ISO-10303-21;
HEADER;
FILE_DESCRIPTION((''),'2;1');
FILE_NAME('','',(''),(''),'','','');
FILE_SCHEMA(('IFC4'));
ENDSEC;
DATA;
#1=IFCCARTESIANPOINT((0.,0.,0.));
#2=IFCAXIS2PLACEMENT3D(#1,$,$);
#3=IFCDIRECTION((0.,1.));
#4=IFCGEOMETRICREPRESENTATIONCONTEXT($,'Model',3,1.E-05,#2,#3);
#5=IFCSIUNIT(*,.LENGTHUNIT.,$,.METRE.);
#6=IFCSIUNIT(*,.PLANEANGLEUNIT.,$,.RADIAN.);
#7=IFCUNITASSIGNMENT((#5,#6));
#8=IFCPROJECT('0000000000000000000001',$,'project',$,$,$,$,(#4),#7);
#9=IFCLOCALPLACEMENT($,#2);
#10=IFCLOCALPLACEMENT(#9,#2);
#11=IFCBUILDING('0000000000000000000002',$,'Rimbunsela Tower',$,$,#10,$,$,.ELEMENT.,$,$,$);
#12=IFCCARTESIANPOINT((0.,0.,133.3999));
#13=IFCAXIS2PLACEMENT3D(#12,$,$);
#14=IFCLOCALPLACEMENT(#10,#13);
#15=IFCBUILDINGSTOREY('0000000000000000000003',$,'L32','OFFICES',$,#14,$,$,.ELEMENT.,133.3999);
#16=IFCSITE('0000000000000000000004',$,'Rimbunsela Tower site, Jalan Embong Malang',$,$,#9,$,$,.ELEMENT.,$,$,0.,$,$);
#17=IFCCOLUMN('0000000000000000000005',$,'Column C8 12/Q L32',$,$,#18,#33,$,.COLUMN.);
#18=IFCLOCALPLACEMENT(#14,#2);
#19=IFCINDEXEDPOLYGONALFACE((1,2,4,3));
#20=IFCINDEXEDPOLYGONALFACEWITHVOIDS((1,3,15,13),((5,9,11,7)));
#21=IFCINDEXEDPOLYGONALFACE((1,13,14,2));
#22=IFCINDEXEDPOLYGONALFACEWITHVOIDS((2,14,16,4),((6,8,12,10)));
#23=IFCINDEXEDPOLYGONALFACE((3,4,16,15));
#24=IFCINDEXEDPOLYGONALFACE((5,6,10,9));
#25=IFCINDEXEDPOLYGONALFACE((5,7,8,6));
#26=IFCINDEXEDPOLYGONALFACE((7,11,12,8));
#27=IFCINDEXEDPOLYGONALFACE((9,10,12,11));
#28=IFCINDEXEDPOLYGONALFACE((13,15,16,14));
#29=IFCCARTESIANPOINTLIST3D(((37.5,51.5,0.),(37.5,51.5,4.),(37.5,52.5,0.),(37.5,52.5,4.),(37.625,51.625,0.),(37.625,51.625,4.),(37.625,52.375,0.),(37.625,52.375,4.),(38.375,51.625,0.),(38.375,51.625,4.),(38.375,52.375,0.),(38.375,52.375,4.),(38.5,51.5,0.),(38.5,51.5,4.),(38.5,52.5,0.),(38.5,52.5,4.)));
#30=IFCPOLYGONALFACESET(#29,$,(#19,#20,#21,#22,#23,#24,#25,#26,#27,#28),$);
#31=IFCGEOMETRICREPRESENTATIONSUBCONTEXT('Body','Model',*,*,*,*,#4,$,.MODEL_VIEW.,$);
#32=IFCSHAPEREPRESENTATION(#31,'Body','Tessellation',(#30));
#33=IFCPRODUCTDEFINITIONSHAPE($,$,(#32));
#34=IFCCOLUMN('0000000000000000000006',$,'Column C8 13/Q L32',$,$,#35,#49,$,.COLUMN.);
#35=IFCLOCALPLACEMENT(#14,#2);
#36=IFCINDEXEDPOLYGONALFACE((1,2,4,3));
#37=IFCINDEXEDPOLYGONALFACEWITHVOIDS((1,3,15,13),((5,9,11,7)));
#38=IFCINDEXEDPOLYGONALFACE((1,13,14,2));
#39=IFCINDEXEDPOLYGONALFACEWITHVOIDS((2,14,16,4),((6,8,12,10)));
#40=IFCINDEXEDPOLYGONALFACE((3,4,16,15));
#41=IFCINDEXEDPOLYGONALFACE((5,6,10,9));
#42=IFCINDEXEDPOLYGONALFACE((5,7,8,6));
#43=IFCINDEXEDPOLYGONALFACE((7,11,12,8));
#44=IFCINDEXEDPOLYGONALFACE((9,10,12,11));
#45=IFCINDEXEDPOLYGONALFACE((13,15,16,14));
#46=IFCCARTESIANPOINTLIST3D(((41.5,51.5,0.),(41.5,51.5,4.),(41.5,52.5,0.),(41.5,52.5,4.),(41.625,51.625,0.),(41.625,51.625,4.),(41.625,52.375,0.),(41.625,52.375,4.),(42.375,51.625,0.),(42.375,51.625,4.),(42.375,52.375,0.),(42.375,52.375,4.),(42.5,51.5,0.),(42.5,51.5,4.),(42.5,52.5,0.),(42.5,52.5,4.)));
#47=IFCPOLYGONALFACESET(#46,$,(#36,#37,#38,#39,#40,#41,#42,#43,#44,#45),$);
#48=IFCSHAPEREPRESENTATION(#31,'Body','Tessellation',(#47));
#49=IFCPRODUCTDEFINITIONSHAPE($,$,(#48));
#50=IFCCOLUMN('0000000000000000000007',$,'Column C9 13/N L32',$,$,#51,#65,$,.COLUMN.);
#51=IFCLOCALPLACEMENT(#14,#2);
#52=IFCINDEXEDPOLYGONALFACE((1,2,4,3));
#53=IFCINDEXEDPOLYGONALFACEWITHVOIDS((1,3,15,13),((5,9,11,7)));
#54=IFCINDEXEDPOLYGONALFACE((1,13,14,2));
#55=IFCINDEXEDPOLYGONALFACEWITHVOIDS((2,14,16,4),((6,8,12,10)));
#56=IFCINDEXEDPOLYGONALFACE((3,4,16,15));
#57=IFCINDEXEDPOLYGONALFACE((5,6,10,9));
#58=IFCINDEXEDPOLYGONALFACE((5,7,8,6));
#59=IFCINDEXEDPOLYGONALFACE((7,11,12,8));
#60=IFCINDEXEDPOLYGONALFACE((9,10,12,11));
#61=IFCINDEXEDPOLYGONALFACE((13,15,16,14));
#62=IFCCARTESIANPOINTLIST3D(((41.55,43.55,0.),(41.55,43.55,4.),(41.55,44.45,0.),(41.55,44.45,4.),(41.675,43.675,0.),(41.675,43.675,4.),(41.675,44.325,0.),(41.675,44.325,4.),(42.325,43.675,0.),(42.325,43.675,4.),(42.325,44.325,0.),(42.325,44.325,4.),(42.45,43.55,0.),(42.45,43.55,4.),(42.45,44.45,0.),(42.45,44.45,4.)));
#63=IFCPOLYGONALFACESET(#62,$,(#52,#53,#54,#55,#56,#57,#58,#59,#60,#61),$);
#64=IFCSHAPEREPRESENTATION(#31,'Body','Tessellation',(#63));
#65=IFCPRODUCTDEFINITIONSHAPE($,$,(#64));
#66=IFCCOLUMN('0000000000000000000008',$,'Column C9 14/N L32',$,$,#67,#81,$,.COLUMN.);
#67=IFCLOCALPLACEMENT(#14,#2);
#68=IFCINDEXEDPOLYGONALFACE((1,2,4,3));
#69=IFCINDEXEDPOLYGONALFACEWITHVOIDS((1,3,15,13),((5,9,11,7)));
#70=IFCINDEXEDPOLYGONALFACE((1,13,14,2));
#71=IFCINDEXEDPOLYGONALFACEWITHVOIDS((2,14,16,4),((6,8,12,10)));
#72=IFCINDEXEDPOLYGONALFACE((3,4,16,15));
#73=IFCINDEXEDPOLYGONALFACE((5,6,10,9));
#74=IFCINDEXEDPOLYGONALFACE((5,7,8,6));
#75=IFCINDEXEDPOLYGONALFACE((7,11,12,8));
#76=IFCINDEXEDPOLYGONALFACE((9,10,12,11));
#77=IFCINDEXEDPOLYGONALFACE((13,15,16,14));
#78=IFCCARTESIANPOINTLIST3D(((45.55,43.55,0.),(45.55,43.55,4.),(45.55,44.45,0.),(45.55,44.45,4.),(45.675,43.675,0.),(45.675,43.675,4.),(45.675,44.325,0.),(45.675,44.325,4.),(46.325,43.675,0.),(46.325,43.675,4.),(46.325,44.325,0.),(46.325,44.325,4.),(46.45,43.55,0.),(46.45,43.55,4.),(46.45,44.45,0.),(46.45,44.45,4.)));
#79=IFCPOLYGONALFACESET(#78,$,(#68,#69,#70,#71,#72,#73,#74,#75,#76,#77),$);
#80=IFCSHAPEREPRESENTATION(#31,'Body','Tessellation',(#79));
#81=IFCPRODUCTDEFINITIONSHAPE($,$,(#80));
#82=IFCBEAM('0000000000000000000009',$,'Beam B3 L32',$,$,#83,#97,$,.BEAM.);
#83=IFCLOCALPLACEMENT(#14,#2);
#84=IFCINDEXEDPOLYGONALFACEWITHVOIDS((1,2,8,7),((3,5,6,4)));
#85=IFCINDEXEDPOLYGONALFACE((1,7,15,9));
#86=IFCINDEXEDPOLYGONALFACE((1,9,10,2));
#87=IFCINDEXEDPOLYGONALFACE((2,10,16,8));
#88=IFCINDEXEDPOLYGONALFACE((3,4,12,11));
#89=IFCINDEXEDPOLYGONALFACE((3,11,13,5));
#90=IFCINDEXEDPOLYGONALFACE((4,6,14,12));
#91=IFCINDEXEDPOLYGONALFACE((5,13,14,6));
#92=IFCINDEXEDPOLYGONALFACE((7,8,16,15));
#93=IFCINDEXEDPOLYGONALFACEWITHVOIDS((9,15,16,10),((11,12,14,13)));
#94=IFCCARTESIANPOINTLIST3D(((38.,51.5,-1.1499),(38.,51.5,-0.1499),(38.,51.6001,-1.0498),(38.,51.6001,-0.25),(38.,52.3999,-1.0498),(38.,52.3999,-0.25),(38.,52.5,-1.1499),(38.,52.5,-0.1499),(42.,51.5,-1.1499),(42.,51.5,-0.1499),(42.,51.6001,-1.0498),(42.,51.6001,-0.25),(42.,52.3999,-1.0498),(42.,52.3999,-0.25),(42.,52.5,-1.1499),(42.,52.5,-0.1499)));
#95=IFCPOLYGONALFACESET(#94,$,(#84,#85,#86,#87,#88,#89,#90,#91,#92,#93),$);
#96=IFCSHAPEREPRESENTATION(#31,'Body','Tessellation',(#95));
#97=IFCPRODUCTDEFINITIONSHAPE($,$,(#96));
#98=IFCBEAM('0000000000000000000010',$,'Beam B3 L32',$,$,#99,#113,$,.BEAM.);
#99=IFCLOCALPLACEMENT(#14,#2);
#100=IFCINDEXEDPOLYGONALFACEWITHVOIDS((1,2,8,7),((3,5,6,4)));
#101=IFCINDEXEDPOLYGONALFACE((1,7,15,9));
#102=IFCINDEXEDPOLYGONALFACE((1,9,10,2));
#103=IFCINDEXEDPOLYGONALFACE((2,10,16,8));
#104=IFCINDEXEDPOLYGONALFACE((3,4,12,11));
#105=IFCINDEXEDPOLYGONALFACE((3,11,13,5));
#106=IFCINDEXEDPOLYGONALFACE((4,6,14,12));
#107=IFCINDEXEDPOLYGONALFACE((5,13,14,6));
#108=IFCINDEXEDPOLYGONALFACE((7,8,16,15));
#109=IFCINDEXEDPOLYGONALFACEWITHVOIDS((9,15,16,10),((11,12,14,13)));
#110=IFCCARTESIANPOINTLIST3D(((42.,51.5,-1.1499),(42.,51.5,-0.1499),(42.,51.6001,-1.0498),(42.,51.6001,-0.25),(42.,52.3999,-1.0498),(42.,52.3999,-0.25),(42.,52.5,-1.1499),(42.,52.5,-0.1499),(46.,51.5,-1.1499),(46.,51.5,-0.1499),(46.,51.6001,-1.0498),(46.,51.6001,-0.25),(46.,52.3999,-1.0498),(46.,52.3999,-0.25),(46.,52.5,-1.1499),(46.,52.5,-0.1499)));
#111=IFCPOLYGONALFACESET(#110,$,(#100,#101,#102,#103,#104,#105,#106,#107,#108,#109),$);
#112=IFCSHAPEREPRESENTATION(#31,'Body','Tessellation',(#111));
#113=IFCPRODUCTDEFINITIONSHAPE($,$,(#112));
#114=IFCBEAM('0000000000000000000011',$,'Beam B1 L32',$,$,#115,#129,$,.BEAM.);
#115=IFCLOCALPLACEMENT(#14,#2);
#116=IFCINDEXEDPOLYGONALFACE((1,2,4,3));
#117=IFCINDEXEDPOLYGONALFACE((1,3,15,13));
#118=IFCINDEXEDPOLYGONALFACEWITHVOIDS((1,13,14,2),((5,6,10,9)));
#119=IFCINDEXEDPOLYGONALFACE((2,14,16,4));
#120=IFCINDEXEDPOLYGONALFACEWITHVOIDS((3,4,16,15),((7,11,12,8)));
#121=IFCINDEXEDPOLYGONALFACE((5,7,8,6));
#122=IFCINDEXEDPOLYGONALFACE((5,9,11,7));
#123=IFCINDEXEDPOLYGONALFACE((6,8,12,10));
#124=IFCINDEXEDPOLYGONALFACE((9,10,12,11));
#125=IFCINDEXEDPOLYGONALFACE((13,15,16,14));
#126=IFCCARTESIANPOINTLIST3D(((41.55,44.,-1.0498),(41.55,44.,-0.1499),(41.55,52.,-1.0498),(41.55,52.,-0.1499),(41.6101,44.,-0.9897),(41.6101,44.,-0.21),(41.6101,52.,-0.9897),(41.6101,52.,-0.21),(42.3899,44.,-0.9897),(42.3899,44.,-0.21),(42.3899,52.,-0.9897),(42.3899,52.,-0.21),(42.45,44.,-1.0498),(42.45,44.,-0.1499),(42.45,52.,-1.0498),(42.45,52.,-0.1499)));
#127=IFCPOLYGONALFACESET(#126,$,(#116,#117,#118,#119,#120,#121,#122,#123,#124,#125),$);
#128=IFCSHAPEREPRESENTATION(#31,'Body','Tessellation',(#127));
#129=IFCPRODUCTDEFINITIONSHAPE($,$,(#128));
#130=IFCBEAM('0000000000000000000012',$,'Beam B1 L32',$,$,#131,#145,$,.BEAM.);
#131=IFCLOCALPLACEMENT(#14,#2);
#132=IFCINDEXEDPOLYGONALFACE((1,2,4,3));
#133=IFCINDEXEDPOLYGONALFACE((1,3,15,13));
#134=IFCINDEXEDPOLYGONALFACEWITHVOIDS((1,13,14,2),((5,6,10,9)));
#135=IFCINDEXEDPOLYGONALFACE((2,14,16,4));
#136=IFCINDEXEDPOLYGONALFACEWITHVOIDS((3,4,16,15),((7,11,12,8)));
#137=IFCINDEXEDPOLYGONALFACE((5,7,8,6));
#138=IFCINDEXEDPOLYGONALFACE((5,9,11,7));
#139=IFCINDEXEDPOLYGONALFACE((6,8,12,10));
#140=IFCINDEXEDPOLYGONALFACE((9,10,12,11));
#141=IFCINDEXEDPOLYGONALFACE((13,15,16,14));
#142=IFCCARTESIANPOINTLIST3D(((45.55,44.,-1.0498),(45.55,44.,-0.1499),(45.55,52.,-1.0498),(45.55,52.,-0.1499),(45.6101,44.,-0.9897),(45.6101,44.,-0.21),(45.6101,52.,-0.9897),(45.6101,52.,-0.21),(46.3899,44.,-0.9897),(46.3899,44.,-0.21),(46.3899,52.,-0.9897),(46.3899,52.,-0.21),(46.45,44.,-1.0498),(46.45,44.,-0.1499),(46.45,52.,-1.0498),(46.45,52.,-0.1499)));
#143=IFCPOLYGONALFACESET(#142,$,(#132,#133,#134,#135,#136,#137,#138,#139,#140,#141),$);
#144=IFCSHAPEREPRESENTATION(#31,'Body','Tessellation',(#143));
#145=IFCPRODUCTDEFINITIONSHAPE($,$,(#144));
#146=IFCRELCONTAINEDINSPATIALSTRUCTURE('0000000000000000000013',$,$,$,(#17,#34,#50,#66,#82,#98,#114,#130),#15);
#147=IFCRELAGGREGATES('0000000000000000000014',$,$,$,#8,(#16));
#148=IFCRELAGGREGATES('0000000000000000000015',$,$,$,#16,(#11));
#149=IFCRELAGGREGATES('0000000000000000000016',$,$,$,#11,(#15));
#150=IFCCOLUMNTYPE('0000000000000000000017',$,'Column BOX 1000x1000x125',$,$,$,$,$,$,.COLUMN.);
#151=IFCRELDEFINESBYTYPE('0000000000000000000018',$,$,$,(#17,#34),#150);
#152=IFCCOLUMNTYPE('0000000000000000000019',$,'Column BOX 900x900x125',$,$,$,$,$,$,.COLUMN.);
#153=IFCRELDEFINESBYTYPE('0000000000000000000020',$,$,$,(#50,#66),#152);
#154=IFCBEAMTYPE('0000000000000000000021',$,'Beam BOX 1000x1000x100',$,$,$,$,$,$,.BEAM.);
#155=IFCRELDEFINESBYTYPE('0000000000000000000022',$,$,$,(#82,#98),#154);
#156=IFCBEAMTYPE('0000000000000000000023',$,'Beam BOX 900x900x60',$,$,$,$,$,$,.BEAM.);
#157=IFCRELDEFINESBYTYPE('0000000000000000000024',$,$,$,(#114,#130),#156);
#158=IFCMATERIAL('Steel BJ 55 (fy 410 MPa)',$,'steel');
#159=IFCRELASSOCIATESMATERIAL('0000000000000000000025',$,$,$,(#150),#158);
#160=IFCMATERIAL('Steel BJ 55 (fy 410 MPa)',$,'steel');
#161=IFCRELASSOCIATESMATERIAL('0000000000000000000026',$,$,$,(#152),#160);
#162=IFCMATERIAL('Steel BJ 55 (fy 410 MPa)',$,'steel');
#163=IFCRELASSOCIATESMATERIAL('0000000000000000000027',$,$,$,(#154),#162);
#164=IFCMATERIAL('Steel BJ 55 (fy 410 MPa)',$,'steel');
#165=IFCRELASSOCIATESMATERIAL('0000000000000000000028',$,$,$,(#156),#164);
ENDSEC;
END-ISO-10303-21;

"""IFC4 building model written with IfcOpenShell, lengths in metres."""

from ifc_helpers import new_model, si_unit, direction, frame, origin, origin_2d, place, context, subcontext, project, spatial, hollow_rectangle, extrude, material, material_profile, profile_set, type_object, element, save


model = new_model("IFC4")

# Units and contexts
model_context = context("Model", 3, precision=1e-05, world=origin(), true_north=direction((0.0, 1.0)))
body_context = subcontext(model_context, "Body", "Model", "MODEL_VIEW")
ifc_project = project(units=[si_unit("LENGTHUNIT", "METRE"), si_unit("PLANEANGLEUNIT", "RADIAN")], contexts=[model_context])

# Site, building, storey
site_placement = place(None, origin())
site = spatial("IfcSite", under=ifc_project, at=site_placement, Name="Rimbunsela Tower site, Jalan Embong Malang", CompositionType="ELEMENT", RefElevation=0.0)
building_placement = place(site_placement, origin())
building = spatial("IfcBuilding", under=site, at=building_placement, Name="Rimbunsela Tower", CompositionType="ELEMENT")
storey_placement = place(building_placement, frame((0.0, 0.0, 133.3999)))
storey = spatial("IfcBuildingStorey", under=building, at=storey_placement, Name="L32", Description="OFFICES", CompositionType="ELEMENT", Elevation=133.3999)

# Columns
ifc_material_1 = material(Name="Steel BJ 55 (fy 410 MPa)", Category="steel")
ifc_material_profile_1 = material_profile(ifc_material_1, hollow_rectangle(XDim=1.0, YDim=1.0, WallThickness=0.125, at=origin_2d()), Name="BOX 1000x1000x125")
ifc_profile_set_1 = profile_set([ifc_material_profile_1], Name="Steel BJ 55 (fy 410 MPa)")
column_type_1 = type_object("IfcColumnType", Name="Column BOX 1000x1000x125", PredefinedType="COLUMN", material=ifc_profile_set_1)
for number, where, z_axis, x_axis, name in (
    (1, (38.0, 52.0, 0.0), (0.0, 0.0, 1.0), (1.0, 0.0, 0.0), "Column C8 12/Q L32"),
    (2, (42.0, 52.0, 0.0), (0.0, 0.0, 1.0), (1.0, 0.0, 0.0), "Column C8 13/Q L32"),
):
    element("IfcColumn", number, at=place(storey_placement, frame(where, z_axis=z_axis, x_axis=x_axis)), inside=storey, type_object=column_type_1, Name=name, PredefinedType="COLUMN", context=body_context, shape_type="SweptSolid", body=[
        extrude(hollow_rectangle(XDim=1.0, YDim=1.0, WallThickness=0.125, at=origin_2d()), origin(), (0.0, 0.0, 1.0), 4.0),
    ])
ifc_material_2 = material(Name="Steel BJ 55 (fy 410 MPa)", Category="steel")
ifc_material_profile_2 = material_profile(ifc_material_2, hollow_rectangle(XDim=0.8999, YDim=0.8999, WallThickness=0.125, at=origin_2d()), Name="BOX 900x900x125")
ifc_profile_set_2 = profile_set([ifc_material_profile_2], Name="Steel BJ 55 (fy 410 MPa)")
column_type_2 = type_object("IfcColumnType", Name="Column BOX 900x900x125", PredefinedType="COLUMN", material=ifc_profile_set_2)
for number, where, z_axis, x_axis, name in (
    (3, (42.0, 44.0, 0.0), (0.0, 0.0, 1.0), (1.0, 0.0, 0.0), "Column C9 13/N L32"),
    (4, (46.0, 44.0, 0.0), (0.0, 0.0, 1.0), (1.0, 0.0, 0.0), "Column C9 14/N L32"),
):
    element("IfcColumn", number, at=place(storey_placement, frame(where, z_axis=z_axis, x_axis=x_axis)), inside=storey, type_object=column_type_2, Name=name, PredefinedType="COLUMN", context=body_context, shape_type="SweptSolid", body=[
        extrude(hollow_rectangle(XDim=0.8999, YDim=0.8999, WallThickness=0.125, at=origin_2d()), origin(), (0.0, 0.0, 1.0), 4.0),
    ])

# Beams
ifc_material_3 = material(Name="Steel BJ 55 (fy 410 MPa)", Category="steel")
ifc_material_profile_3 = material_profile(ifc_material_3, hollow_rectangle(XDim=1.0, YDim=1.0, WallThickness=0.1001, at=origin_2d()), Name="BOX 1000x1000x100")
ifc_profile_set_3 = profile_set([ifc_material_profile_3], Name="Steel BJ 55 (fy 410 MPa)")
beam_type_1 = type_object("IfcBeamType", Name="Beam BOX 1000x1000x100", PredefinedType="BEAM", material=ifc_profile_set_3)
for number, where, z_axis, x_axis, name in (
    (5, (38.0, 52.0, -0.6499), (1.0, 0.0, 0.0), (0.0, 1.0, 0.0), "Beam B3 L32"),
    (6, (42.0, 52.0, -0.6499), (1.0, 0.0, 0.0), (0.0, 1.0, 0.0), "Beam B3 L32"),
):
    element("IfcBeam", number, at=place(storey_placement, frame(where, z_axis=z_axis, x_axis=x_axis)), inside=storey, type_object=beam_type_1, Name=name, PredefinedType="BEAM", context=body_context, shape_type="SweptSolid", body=[
        extrude(hollow_rectangle(XDim=1.0, YDim=1.0, WallThickness=0.1001, at=origin_2d()), origin(), (0.0, 0.0, 1.0), 4.0),
    ])
ifc_material_4 = material(Name="Steel BJ 55 (fy 410 MPa)", Category="steel")
ifc_material_profile_4 = material_profile(ifc_material_4, hollow_rectangle(XDim=0.8999, YDim=0.8999, WallThickness=0.0601, at=origin_2d()), Name="BOX 900x900x60")
ifc_profile_set_4 = profile_set([ifc_material_profile_4], Name="Steel BJ 55 (fy 410 MPa)")
beam_type_2 = type_object("IfcBeamType", Name="Beam BOX 900x900x60", PredefinedType="BEAM", material=ifc_profile_set_4)
for number, where, z_axis, x_axis, name in (
    (7, (42.0, 44.0, -0.5999), (0.0, 1.0, 0.0), (-1.0, 0.0, 0.0), "Beam B1 L32"),
    (8, (46.0, 44.0, -0.5999), (0.0, 1.0, 0.0), (-1.0, 0.0, 0.0), "Beam B1 L32"),
):
    element("IfcBeam", number, at=place(storey_placement, frame(where, z_axis=z_axis, x_axis=x_axis)), inside=storey, type_object=beam_type_2, Name=name, PredefinedType="BEAM", context=body_context, shape_type="SweptSolid", body=[
        extrude(hollow_rectangle(XDim=0.8999, YDim=0.8999, WallThickness=0.0601, at=origin_2d()), origin(), (0.0, 0.0, 1.0), 8.0),
    ])

save(model, "model.ifc")
